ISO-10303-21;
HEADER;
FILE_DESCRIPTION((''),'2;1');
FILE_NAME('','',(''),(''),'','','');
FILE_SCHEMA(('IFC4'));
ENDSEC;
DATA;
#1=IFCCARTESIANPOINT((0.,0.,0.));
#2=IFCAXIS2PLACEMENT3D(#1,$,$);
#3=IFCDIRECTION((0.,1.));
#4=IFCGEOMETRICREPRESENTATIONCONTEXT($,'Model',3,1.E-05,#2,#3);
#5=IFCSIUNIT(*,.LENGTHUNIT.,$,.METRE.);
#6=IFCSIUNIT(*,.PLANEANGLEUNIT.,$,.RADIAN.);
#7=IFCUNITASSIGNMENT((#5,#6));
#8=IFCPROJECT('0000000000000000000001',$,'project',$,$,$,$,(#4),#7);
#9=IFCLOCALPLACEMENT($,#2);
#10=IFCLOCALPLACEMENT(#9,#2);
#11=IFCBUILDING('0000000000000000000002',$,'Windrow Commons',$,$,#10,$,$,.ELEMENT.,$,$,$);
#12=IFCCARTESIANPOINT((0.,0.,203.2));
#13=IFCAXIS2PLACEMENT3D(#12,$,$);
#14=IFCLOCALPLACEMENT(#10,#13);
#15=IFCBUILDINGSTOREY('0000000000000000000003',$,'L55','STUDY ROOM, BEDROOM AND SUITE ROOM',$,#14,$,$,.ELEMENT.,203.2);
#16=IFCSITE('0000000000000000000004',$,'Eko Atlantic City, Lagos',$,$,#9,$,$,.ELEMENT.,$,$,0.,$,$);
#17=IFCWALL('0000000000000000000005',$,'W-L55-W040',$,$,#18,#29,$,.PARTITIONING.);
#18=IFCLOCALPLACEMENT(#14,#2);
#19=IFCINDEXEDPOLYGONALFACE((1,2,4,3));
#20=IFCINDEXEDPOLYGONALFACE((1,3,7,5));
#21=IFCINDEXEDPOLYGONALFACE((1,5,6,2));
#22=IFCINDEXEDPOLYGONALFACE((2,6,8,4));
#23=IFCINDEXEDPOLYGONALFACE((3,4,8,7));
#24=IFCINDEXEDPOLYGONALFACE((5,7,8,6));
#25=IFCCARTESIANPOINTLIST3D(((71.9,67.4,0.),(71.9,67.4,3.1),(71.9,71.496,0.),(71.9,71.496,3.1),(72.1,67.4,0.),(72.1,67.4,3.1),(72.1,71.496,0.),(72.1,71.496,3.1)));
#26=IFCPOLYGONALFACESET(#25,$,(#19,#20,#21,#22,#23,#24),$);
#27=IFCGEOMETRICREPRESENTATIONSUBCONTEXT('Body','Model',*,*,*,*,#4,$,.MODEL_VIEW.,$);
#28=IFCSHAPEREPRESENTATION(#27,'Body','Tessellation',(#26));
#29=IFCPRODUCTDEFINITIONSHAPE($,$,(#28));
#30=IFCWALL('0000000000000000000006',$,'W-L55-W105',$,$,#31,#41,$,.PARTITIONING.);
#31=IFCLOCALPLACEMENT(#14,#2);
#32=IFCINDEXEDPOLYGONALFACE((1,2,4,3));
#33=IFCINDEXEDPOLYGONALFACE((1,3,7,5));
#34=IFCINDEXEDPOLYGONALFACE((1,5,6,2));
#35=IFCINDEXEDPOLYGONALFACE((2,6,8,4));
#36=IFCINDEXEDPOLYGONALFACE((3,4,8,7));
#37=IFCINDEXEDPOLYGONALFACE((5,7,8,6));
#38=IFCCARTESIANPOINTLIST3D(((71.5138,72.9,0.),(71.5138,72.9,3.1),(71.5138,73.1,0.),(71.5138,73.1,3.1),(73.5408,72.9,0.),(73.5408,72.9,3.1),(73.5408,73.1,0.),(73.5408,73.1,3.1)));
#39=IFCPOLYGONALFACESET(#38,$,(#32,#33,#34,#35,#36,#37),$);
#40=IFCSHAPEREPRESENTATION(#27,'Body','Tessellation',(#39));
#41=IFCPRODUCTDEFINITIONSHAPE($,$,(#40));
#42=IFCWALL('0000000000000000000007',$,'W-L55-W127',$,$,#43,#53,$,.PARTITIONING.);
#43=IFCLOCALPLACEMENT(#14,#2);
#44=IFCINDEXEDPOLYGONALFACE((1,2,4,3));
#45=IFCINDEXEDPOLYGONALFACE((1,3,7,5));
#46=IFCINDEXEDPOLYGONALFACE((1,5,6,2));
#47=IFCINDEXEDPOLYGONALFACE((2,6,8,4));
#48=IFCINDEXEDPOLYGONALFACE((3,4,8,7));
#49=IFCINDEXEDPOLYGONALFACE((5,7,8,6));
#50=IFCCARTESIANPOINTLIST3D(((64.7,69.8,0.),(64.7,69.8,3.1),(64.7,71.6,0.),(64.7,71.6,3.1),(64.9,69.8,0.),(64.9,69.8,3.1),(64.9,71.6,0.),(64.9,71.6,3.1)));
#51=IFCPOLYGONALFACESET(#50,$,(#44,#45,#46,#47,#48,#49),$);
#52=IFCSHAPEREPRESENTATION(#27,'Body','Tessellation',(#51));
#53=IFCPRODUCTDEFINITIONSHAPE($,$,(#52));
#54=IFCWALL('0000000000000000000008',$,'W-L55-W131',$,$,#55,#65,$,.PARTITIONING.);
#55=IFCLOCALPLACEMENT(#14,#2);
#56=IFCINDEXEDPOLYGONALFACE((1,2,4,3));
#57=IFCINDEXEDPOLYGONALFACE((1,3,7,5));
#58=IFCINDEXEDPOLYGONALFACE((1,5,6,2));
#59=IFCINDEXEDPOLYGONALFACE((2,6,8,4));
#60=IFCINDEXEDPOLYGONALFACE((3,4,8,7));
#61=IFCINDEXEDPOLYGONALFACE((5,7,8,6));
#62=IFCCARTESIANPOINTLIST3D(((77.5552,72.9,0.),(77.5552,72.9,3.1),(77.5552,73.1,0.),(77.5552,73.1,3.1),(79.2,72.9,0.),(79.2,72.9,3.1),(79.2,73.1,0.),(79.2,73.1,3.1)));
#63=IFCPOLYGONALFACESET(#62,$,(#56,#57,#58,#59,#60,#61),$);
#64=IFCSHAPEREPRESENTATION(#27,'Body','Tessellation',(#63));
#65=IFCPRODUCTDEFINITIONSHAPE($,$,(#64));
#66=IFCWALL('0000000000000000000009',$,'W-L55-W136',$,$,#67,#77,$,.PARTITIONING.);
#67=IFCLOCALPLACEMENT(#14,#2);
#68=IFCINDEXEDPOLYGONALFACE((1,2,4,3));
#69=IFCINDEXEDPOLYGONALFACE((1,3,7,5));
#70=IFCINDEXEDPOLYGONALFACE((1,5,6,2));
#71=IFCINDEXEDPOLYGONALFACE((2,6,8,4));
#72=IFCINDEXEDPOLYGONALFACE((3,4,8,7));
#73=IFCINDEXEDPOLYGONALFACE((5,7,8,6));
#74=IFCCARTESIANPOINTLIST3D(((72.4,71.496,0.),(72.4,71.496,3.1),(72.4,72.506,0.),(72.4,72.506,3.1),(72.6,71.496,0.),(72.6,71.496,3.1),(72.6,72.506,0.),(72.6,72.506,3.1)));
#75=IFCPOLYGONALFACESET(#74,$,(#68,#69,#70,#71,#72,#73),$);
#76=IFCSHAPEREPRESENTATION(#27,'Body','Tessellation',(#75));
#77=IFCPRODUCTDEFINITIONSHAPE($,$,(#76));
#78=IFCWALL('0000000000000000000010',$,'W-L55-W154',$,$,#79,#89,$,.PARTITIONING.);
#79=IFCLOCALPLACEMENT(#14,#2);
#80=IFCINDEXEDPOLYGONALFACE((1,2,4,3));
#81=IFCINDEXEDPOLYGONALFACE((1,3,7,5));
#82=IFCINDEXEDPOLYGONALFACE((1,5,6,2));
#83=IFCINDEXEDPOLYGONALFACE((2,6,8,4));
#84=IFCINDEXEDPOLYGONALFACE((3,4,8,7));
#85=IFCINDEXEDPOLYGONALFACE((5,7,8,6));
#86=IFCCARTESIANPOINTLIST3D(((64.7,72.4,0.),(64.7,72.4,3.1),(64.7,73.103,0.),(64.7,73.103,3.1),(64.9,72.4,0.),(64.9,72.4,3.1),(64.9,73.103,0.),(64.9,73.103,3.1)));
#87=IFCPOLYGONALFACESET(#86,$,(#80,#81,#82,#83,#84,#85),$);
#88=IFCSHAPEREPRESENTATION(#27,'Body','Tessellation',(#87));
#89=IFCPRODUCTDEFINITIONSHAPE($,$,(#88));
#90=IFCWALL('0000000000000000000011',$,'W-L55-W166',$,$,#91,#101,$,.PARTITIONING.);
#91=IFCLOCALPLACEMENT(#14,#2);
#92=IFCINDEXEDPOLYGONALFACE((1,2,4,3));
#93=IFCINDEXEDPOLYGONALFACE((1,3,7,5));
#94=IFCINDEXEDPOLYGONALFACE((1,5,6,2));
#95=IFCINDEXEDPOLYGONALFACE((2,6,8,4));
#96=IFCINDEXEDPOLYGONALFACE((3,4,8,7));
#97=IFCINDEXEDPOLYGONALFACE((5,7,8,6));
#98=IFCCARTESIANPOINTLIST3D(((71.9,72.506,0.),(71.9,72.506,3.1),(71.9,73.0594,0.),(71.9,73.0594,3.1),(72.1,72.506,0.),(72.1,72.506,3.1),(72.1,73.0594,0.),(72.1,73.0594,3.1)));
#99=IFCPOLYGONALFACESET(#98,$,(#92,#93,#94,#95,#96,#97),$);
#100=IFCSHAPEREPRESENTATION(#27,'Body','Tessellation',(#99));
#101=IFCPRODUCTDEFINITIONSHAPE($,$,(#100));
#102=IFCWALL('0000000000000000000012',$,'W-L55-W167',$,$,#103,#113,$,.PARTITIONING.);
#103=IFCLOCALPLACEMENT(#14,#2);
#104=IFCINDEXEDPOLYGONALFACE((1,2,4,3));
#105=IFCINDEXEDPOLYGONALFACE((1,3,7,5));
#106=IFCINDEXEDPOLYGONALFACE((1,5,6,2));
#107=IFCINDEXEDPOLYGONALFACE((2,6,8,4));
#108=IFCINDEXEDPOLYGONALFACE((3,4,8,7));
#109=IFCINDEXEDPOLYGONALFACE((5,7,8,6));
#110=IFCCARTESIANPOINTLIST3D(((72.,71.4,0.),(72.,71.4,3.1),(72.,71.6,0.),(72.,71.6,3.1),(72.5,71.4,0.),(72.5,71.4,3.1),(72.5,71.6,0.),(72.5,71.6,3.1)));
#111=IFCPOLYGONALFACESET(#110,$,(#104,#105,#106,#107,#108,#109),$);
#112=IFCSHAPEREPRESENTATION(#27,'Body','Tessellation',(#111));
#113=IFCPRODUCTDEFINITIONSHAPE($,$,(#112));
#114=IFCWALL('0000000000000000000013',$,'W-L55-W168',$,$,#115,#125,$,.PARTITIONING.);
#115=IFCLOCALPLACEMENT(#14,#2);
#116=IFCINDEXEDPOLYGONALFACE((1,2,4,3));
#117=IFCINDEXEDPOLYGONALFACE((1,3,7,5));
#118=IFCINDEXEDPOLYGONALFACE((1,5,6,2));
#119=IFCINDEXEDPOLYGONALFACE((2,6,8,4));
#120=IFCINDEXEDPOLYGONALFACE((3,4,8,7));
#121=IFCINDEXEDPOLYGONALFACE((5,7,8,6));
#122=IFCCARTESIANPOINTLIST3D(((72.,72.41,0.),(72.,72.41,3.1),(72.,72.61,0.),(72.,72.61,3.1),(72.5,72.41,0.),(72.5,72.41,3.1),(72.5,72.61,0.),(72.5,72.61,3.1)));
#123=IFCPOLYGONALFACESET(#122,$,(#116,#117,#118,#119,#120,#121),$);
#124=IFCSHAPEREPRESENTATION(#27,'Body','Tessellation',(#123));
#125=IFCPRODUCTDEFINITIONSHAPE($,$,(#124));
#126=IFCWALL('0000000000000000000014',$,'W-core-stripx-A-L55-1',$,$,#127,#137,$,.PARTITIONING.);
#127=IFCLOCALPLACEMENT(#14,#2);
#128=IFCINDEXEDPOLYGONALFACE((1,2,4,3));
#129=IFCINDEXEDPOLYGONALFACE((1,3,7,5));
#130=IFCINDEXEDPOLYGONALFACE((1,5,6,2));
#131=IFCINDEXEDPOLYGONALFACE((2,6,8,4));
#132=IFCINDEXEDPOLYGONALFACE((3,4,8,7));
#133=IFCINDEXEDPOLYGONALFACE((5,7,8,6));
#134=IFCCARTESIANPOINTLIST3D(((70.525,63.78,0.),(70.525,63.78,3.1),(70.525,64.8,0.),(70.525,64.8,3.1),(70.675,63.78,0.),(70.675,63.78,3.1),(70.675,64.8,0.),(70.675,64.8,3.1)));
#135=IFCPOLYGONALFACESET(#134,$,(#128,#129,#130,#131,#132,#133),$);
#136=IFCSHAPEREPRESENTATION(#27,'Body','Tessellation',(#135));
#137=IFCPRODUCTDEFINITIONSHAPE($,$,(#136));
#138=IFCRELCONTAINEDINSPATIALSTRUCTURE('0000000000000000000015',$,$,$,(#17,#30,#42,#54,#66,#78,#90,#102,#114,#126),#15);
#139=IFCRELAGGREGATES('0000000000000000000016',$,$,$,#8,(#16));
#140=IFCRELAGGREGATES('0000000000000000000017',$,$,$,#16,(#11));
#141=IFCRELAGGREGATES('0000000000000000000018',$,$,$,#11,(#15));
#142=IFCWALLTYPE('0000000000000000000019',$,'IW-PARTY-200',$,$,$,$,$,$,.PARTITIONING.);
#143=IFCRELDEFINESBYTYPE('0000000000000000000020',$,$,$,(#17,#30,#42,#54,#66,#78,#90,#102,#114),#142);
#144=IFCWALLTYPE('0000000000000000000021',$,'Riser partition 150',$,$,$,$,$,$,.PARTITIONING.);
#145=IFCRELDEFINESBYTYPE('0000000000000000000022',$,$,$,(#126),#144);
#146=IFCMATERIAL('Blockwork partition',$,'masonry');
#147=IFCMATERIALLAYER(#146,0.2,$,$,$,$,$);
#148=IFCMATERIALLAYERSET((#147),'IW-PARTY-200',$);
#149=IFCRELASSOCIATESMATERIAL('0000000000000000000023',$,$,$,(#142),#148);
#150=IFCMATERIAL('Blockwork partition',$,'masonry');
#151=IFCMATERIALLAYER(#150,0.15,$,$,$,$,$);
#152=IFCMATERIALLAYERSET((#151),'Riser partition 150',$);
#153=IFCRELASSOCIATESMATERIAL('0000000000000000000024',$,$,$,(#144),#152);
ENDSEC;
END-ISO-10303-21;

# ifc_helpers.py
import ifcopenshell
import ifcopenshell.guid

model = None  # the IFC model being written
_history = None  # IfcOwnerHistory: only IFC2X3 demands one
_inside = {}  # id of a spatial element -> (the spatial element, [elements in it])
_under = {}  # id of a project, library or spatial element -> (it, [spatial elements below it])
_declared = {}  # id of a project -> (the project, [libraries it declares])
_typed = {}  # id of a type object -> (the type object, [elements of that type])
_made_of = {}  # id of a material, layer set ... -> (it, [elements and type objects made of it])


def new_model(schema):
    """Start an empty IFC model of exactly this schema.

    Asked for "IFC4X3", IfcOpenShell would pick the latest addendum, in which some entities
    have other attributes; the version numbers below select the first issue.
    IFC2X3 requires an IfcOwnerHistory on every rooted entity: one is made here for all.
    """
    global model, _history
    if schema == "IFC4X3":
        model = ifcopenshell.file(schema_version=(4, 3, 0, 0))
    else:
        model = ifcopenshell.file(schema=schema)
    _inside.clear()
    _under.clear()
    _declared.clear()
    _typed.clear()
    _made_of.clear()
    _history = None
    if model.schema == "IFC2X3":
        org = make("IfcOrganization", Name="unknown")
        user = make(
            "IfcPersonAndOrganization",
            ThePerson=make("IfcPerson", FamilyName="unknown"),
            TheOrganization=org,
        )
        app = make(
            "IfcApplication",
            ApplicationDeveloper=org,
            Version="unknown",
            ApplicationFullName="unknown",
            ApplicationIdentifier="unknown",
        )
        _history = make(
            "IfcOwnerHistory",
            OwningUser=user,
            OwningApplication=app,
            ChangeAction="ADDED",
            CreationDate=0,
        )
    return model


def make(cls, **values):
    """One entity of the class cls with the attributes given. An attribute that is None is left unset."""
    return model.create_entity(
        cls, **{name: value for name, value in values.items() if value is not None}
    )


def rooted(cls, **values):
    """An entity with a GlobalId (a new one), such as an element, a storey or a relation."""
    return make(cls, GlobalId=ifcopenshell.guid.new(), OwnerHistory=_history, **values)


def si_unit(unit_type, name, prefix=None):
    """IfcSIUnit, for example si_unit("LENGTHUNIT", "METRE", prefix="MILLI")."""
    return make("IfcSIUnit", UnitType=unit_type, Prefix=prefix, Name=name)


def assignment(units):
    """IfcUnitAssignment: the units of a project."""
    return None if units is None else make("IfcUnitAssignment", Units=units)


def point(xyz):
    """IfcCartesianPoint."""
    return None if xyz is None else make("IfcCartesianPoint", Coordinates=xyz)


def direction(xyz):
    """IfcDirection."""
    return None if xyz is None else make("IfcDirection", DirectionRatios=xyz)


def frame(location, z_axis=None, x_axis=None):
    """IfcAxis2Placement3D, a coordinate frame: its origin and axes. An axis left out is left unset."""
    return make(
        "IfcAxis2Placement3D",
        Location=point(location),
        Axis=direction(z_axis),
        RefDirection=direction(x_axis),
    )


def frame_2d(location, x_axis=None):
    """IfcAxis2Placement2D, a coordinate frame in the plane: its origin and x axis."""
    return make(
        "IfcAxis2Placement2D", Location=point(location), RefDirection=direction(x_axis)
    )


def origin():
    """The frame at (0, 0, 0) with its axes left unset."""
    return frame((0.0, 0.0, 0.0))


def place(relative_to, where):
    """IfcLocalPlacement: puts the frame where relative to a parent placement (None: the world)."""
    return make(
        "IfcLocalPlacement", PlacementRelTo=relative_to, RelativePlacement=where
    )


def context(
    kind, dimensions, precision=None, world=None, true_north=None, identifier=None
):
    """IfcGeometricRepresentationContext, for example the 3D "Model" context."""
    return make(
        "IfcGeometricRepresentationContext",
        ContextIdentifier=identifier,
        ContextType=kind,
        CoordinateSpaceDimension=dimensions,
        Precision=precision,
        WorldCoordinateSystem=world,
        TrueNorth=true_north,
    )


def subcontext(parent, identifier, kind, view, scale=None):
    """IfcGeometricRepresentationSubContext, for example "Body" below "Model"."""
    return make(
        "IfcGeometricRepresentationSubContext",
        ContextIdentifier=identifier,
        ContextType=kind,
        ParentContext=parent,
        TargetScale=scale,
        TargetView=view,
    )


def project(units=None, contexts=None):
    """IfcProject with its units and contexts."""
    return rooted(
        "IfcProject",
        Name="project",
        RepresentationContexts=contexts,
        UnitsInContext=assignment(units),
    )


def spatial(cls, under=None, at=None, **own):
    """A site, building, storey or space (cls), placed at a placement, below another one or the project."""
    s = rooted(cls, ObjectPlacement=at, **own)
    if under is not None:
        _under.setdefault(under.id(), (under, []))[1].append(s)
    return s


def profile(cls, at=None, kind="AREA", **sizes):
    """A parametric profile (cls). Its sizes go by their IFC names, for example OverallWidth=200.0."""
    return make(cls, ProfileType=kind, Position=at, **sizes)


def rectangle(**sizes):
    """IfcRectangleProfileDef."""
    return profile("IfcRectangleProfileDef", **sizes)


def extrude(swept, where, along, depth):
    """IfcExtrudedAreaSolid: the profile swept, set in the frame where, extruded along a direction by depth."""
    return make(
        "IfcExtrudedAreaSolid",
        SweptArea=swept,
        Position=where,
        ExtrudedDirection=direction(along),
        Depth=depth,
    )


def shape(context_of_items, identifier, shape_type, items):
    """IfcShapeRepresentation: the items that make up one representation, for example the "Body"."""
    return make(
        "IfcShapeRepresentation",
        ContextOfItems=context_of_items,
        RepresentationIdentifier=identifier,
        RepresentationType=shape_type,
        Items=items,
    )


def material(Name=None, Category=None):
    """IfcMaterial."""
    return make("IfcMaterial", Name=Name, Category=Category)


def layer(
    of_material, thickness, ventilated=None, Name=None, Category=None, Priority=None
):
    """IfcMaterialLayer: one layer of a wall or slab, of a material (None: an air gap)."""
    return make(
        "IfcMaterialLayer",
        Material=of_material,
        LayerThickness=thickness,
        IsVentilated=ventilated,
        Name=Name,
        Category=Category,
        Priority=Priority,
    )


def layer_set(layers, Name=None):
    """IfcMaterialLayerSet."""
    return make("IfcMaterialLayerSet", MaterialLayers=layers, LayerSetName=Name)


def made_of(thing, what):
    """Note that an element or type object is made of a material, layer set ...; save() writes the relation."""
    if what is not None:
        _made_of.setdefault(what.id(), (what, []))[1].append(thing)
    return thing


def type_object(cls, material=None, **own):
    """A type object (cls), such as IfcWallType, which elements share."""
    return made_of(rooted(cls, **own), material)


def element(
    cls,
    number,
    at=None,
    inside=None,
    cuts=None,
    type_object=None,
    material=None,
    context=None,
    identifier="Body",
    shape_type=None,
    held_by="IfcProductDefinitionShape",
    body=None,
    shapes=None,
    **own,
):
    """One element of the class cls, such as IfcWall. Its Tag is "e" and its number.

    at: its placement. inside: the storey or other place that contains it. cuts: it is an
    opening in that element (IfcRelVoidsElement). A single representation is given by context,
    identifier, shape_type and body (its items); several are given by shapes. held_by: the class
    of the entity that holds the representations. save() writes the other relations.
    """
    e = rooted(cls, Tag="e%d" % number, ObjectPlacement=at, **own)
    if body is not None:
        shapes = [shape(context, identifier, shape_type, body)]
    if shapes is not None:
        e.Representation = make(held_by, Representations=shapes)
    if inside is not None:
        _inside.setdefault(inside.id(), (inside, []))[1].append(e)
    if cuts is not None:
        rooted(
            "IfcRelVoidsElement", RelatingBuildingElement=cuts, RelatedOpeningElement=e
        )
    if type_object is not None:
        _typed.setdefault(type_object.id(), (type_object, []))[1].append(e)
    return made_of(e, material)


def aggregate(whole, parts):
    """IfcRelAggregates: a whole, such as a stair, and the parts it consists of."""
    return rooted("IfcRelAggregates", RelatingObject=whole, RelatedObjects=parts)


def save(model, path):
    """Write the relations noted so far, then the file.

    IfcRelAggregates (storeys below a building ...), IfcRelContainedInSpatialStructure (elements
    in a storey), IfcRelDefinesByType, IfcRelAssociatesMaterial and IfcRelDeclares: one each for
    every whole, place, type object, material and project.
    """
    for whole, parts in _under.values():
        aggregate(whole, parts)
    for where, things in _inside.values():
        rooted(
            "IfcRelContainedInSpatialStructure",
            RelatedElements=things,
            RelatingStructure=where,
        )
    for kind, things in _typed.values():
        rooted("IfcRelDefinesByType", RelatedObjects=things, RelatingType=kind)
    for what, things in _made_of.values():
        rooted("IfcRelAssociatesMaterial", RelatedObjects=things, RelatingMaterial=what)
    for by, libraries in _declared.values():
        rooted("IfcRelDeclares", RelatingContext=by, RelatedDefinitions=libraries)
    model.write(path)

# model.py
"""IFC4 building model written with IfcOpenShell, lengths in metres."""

from ifc_helpers import new_model, si_unit, direction, frame, frame_2d, origin, place, context, subcontext, project, spatial, rectangle, extrude, material, layer, layer_set, type_object, element, save


model = new_model("IFC4")

# Units and contexts
model_context = context("Model", 3, precision=1e-05, world=origin(), true_north=direction((0.0, 1.0)))
body_context = subcontext(model_context, "Body", "Model", "MODEL_VIEW")
ifc_project = project(units=[si_unit("LENGTHUNIT", "METRE"), si_unit("PLANEANGLEUNIT", "RADIAN")], contexts=[model_context])

# Site, building, storey
site_placement = place(None, origin())
site = spatial("IfcSite", under=ifc_project, at=site_placement, Name="Eko Atlantic City, Lagos", CompositionType="ELEMENT", RefElevation=0.0)
building_placement = place(site_placement, origin())
building = spatial("IfcBuilding", under=site, at=building_placement, Name="Windrow Commons", CompositionType="ELEMENT")
storey_placement = place(building_placement, frame((0.0, 0.0, 203.2)))
storey = spatial("IfcBuildingStorey", under=building, at=storey_placement, Name="L55", Description="STUDY ROOM, BEDROOM AND SUITE ROOM", CompositionType="ELEMENT", Elevation=203.2)

# Walls
ifc_material_1 = material(Name="Blockwork partition", Category="masonry")
ifc_layer_1 = layer(ifc_material_1, 0.2)
ifc_layer_set_1 = layer_set([ifc_layer_1], Name="IW-PARTY-200")
wall_type_1 = type_object("IfcWallType", Name="IW-PARTY-200", PredefinedType="PARTITIONING", material=ifc_layer_set_1)
wall_1_placement = place(storey_placement, frame((72.0, 67.4, 0.0), z_axis=(0.0, 0.0, 1.0), x_axis=(0.0, 1.0, 0.0)))
element("IfcWall", 1, at=wall_1_placement, inside=storey, type_object=wall_type_1, Name="W-L55-W040", PredefinedType="PARTITIONING", context=body_context, shape_type="SweptSolid", body=[
    extrude(rectangle(XDim=4.096, YDim=0.2, at=frame_2d((2.048, 0.0))), origin(), (0.0, 0.0, 1.0), 3.1),
])
wall_2_placement = place(storey_placement, frame((71.5139, 73.0, 0.0), z_axis=(0.0, 0.0, 1.0), x_axis=(1.0, 0.0, 0.0)))
element("IfcWall", 2, at=wall_2_placement, inside=storey, type_object=wall_type_1, Name="W-L55-W105", PredefinedType="PARTITIONING", context=body_context, shape_type="SweptSolid", body=[
    extrude(rectangle(XDim=2.0269, YDim=0.2, at=frame_2d((1.0134, 0.0))), origin(), (0.0, 0.0, 1.0), 3.1),
])
wall_3_placement = place(storey_placement, frame((64.8, 69.8, 0.0), z_axis=(0.0, 0.0, 1.0), x_axis=(0.0, 1.0, 0.0)))
element("IfcWall", 3, at=wall_3_placement, inside=storey, type_object=wall_type_1, Name="W-L55-W127", PredefinedType="PARTITIONING", context=body_context, shape_type="SweptSolid", body=[
    extrude(rectangle(XDim=1.8, YDim=0.2, at=frame_2d((0.9, 0.0))), origin(), (0.0, 0.0, 1.0), 3.1),
])
wall_4_placement = place(storey_placement, frame((77.5552, 73.0, 0.0), z_axis=(0.0, 0.0, 1.0), x_axis=(1.0, 0.0, 0.0)))
element("IfcWall", 4, at=wall_4_placement, inside=storey, type_object=wall_type_1, Name="W-L55-W131", PredefinedType="PARTITIONING", context=body_context, shape_type="SweptSolid", body=[
    extrude(rectangle(XDim=1.6448, YDim=0.2, at=frame_2d((0.8224, 0.0))), origin(), (0.0, 0.0, 1.0), 3.1),
])
wall_5_placement = place(storey_placement, frame((72.5, 71.496, 0.0), z_axis=(0.0, 0.0, 1.0), x_axis=(0.0, 1.0, 0.0)))
element("IfcWall", 5, at=wall_5_placement, inside=storey, type_object=wall_type_1, Name="W-L55-W136", PredefinedType="PARTITIONING", context=body_context, shape_type="SweptSolid", body=[
    extrude(rectangle(XDim=1.01, YDim=0.2, at=frame_2d((0.505, 0.0))), origin(), (0.0, 0.0, 1.0), 3.1),
])
wall_6_placement = place(storey_placement, frame((64.8, 72.4, 0.0), z_axis=(0.0, 0.0, 1.0), x_axis=(0.0, 1.0, 0.0)))
element("IfcWall", 6, at=wall_6_placement, inside=storey, type_object=wall_type_1, Name="W-L55-W154", PredefinedType="PARTITIONING", context=body_context, shape_type="SweptSolid", body=[
    extrude(rectangle(XDim=0.703, YDim=0.2, at=frame_2d((0.3515, 0.0))), origin(), (0.0, 0.0, 1.0), 3.1),
])
wall_7_placement = place(storey_placement, frame((72.0, 72.506, 0.0), z_axis=(0.0, 0.0, 1.0), x_axis=(0.0, 1.0, 0.0)))
element("IfcWall", 7, at=wall_7_placement, inside=storey, type_object=wall_type_1, Name="W-L55-W166", PredefinedType="PARTITIONING", context=body_context, shape_type="SweptSolid", body=[
    extrude(rectangle(XDim=0.5534, YDim=0.2, at=frame_2d((0.2767, 0.0))), origin(), (0.0, 0.0, 1.0), 3.1),
])
for number, where, z_axis, x_axis, name in (
    (8, (72.0, 71.5, 0.0), (0.0, 0.0, 1.0), (1.0, 0.0, 0.0), "W-L55-W167"),
    (9, (72.0, 72.51, 0.0), (0.0, 0.0, 1.0), (1.0, 0.0, 0.0), "W-L55-W168"),
):
    element("IfcWall", number, at=place(storey_placement, frame(where, z_axis=z_axis, x_axis=x_axis)), inside=storey, type_object=wall_type_1, Name=name, PredefinedType="PARTITIONING", context=body_context, shape_type="SweptSolid", body=[
        extrude(rectangle(XDim=0.5, YDim=0.2, at=frame_2d((0.25, 0.0))), origin(), (0.0, 0.0, 1.0), 3.1),
    ])
ifc_material_2 = material(Name="Blockwork partition", Category="masonry")
ifc_layer_2 = layer(ifc_material_2, 0.15)
ifc_layer_set_2 = layer_set([ifc_layer_2], Name="Riser partition 150")
wall_type_2 = type_object("IfcWallType", Name="Riser partition 150", PredefinedType="PARTITIONING", material=ifc_layer_set_2)
wall_8_placement = place(storey_placement, frame((70.6, 63.78, 0.0), z_axis=(0.0, 0.0, 1.0), x_axis=(0.0, 1.0, 0.0)))
element("IfcWall", 10, at=wall_8_placement, inside=storey, type_object=wall_type_2, Name="W-core-stripx-A-L55-1", PredefinedType="PARTITIONING", context=body_context, shape_type="SweptSolid", body=[
    extrude(rectangle(XDim=1.02, YDim=0.15, at=frame_2d((0.51, 0.0))), origin(), (0.0, 0.0, 1.0), 3.1),
])

save(model, "model.ifc")
